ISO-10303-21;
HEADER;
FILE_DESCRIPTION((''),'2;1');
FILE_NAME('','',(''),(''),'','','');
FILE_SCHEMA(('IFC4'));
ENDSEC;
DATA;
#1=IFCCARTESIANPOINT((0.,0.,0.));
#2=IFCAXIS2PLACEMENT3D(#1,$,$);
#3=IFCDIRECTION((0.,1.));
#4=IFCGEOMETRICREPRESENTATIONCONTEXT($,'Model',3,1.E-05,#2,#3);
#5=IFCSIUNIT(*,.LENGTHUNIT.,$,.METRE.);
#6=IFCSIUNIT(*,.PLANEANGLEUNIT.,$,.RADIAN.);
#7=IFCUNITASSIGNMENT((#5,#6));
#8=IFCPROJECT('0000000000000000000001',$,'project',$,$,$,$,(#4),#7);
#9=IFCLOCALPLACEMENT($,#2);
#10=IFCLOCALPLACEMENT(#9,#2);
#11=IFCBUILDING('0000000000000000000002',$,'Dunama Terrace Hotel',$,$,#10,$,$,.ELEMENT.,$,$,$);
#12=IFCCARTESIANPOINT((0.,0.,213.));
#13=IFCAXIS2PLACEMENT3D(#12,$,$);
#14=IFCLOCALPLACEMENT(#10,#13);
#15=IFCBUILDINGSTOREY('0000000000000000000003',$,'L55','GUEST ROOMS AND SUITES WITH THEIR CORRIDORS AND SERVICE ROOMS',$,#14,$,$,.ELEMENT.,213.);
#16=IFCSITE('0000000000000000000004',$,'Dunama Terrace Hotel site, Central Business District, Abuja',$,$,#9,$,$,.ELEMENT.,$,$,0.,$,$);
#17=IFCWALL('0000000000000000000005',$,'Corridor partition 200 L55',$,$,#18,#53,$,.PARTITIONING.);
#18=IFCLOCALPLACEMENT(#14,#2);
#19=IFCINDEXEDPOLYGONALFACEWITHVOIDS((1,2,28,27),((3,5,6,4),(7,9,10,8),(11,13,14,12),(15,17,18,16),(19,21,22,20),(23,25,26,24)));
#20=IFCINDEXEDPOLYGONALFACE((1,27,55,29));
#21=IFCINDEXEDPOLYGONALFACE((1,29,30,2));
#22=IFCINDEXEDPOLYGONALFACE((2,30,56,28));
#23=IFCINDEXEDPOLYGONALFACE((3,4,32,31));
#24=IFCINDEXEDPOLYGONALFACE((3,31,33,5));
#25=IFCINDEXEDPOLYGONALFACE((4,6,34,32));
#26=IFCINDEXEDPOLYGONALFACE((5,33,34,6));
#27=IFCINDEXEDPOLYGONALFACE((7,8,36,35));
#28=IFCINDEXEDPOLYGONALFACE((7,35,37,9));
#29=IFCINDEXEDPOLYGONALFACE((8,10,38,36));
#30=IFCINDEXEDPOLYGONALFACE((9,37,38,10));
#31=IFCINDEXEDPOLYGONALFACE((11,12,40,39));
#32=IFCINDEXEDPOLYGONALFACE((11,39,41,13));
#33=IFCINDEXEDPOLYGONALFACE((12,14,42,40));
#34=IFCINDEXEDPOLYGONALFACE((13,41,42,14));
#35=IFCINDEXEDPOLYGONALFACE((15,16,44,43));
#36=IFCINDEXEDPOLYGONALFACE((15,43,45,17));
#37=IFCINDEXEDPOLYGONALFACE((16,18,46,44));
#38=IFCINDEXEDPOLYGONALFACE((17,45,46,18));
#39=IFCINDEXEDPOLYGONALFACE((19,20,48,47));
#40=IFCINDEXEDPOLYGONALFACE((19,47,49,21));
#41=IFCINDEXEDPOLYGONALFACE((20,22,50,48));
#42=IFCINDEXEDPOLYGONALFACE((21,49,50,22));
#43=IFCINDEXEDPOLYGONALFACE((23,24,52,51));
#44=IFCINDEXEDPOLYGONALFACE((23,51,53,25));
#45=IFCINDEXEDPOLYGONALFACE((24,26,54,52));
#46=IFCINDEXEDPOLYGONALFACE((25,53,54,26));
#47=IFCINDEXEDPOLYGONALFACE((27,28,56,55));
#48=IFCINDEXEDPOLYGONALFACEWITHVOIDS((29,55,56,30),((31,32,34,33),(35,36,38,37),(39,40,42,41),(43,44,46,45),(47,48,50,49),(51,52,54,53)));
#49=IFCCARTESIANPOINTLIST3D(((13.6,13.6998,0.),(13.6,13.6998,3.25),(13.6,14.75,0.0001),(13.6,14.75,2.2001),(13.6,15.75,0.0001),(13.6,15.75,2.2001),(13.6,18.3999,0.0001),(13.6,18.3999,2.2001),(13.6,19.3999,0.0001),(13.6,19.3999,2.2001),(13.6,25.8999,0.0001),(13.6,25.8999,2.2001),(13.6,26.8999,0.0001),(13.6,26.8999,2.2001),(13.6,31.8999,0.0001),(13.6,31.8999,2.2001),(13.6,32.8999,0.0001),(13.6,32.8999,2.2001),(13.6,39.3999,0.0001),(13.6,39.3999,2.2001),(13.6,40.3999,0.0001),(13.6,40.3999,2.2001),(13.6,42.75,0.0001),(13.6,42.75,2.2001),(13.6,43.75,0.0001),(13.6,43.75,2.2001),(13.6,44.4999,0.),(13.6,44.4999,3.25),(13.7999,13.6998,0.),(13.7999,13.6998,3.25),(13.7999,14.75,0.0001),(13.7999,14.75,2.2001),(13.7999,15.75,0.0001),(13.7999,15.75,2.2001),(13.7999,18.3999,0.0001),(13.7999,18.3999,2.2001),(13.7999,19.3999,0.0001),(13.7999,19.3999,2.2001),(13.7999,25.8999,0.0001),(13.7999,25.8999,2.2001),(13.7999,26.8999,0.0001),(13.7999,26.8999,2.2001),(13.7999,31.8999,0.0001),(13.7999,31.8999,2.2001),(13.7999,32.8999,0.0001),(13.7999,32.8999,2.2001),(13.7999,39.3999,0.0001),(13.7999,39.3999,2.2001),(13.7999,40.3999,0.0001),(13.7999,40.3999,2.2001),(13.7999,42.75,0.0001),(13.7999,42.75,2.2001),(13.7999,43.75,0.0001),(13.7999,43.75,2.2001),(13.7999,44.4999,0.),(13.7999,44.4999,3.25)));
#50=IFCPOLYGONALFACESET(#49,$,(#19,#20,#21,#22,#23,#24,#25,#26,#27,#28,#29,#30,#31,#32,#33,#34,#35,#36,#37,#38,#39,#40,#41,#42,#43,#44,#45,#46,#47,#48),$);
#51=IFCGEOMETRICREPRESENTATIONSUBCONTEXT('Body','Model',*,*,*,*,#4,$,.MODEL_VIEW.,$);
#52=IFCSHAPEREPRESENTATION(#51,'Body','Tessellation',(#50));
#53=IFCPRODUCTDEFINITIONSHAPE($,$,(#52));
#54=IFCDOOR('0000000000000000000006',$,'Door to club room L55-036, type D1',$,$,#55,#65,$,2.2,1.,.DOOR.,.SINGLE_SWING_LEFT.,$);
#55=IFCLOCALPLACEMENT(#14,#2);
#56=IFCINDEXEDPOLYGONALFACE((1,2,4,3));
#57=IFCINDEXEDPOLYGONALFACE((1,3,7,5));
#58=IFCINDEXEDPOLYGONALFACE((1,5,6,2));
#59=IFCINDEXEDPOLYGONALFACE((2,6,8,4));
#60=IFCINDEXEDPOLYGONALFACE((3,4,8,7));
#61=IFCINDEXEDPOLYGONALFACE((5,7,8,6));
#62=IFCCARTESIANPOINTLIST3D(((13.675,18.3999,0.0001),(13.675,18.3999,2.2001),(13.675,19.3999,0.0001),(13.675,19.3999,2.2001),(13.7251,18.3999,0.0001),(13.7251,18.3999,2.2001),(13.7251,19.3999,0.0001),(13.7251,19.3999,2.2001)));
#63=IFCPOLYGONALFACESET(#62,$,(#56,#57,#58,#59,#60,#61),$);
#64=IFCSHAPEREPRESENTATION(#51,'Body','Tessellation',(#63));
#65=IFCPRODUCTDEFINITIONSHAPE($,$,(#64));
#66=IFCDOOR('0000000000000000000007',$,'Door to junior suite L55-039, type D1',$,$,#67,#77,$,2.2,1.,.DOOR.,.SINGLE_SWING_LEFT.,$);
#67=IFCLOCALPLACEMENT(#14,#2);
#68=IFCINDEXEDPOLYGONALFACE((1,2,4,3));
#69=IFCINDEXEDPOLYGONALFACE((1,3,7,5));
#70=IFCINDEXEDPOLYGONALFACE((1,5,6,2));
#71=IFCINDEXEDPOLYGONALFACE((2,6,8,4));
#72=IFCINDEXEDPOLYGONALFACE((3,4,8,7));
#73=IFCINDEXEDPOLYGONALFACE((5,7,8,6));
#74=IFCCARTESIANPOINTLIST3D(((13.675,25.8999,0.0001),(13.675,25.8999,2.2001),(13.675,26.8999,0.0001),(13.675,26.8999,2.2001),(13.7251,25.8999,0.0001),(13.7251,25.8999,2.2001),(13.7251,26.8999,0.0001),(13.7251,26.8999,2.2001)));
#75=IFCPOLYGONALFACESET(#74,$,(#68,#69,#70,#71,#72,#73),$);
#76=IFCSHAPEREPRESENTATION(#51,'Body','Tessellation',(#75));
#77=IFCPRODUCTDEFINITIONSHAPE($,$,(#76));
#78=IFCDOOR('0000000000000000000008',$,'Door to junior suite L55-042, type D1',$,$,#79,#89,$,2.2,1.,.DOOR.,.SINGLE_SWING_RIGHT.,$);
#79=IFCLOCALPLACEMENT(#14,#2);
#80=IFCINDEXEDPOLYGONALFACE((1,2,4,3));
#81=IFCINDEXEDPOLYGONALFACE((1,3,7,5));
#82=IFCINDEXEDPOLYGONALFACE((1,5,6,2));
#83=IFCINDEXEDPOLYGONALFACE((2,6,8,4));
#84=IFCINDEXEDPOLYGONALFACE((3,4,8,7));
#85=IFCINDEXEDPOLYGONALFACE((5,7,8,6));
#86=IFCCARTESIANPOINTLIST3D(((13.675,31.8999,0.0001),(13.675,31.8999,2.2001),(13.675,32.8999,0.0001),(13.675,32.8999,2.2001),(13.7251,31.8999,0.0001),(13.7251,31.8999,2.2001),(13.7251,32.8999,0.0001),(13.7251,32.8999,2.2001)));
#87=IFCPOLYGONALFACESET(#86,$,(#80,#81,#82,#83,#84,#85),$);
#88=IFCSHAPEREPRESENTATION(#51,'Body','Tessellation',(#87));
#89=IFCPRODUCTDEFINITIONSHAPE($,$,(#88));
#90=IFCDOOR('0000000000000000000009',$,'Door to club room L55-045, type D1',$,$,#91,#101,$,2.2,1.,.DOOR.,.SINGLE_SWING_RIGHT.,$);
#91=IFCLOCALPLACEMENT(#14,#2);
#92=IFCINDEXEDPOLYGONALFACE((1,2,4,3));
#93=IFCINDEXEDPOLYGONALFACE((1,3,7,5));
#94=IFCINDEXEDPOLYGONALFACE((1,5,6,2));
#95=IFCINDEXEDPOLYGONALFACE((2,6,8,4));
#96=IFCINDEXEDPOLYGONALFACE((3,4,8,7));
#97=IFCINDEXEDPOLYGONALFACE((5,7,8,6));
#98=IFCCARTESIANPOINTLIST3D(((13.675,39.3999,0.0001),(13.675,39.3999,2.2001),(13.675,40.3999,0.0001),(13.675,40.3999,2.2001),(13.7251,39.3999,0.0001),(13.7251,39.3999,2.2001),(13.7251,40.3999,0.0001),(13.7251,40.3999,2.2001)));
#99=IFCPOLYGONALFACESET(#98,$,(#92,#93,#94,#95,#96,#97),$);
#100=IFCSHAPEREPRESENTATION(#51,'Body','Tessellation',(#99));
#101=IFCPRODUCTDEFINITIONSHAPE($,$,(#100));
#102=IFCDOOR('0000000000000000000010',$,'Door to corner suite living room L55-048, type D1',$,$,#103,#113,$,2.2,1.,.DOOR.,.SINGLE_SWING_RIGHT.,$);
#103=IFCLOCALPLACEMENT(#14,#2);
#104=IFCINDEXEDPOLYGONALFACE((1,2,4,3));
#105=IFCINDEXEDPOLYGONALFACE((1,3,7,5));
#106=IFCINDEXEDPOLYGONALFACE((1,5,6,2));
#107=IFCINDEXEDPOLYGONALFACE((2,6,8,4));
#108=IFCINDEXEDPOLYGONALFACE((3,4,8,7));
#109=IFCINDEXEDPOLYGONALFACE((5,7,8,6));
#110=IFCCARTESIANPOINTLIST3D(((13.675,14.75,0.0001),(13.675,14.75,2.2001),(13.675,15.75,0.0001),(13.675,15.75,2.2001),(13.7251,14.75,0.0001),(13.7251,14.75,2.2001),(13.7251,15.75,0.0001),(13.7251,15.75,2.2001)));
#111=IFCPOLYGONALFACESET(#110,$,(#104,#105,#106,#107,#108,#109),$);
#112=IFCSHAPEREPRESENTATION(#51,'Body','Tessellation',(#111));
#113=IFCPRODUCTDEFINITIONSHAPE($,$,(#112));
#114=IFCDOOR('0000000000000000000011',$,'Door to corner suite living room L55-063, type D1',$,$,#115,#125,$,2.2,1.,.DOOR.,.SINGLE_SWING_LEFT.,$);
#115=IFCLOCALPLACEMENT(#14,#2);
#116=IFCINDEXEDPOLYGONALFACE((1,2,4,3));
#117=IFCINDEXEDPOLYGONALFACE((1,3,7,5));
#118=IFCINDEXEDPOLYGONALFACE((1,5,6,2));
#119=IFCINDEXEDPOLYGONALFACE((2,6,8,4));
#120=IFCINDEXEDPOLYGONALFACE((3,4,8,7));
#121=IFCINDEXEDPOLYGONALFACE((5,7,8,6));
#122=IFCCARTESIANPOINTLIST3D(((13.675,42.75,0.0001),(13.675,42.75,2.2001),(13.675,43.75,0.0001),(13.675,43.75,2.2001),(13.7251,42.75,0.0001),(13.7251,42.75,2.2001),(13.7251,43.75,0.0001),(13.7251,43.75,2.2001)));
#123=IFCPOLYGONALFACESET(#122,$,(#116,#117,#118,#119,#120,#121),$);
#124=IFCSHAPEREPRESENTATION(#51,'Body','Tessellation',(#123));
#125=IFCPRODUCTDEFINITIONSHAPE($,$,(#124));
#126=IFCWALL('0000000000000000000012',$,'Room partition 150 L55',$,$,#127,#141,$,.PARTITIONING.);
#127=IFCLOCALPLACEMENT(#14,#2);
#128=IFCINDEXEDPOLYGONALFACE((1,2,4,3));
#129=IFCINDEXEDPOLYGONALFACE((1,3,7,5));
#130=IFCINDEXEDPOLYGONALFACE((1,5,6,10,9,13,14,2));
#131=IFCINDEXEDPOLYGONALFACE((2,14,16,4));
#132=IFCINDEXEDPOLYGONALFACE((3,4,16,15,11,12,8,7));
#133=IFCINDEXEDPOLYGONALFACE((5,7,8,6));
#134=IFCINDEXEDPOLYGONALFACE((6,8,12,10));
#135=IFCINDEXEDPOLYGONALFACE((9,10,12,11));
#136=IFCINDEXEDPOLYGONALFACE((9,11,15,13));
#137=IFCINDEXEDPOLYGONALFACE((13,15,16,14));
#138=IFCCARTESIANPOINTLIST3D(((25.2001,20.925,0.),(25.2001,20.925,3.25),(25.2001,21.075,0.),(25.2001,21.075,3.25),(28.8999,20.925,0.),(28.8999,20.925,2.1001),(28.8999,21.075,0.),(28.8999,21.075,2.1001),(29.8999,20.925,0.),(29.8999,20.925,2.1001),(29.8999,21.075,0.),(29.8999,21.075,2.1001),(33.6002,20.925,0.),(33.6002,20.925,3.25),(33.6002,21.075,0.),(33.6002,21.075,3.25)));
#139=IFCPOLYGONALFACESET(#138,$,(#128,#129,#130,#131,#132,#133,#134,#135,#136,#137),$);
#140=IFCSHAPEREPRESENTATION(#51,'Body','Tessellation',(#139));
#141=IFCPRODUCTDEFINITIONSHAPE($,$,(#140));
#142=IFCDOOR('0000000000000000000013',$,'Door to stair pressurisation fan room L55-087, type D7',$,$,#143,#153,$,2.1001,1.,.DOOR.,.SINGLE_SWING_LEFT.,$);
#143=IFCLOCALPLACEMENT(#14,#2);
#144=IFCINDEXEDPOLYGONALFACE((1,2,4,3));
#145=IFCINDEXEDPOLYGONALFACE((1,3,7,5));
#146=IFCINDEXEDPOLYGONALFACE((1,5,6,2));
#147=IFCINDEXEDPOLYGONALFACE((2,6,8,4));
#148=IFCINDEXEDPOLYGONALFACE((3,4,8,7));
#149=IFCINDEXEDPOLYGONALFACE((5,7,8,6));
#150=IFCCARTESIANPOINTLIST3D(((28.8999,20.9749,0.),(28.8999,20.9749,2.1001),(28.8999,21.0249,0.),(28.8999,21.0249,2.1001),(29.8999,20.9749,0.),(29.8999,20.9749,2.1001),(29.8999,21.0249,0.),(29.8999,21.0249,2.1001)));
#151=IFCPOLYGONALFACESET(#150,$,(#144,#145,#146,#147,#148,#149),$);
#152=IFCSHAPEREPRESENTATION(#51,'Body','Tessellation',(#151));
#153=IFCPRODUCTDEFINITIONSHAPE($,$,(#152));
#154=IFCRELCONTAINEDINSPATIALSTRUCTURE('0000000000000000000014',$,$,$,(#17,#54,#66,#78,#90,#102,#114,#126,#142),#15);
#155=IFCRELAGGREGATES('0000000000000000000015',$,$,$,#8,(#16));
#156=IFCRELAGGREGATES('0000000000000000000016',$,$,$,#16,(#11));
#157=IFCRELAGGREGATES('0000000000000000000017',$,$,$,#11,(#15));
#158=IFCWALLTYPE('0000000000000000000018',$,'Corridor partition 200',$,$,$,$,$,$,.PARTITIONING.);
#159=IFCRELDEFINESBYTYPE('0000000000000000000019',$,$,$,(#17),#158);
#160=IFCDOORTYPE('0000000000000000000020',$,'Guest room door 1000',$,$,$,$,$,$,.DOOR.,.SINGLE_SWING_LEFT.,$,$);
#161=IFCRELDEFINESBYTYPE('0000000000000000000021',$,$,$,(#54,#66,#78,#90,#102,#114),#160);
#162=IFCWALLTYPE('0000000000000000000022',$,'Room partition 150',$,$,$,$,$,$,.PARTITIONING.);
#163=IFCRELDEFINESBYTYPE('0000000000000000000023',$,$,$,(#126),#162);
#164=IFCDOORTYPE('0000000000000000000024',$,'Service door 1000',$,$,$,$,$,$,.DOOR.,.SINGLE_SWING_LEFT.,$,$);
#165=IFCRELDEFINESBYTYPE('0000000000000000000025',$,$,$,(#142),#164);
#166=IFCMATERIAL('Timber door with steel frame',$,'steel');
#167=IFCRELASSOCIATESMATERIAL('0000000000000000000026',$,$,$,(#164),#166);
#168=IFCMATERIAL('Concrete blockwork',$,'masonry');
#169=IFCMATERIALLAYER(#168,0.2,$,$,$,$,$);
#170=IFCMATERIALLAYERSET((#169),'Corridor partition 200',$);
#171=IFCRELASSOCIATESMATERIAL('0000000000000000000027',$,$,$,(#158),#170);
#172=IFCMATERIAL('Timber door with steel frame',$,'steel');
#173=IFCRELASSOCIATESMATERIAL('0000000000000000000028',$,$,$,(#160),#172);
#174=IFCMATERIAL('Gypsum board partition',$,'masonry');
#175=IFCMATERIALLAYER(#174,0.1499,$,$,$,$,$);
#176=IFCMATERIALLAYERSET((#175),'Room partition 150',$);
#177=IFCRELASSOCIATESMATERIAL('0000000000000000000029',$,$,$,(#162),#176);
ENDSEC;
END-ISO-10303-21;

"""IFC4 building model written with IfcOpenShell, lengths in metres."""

from ifc_helpers import new_model, si_unit, direction, frame, frame_2d, origin, place, context, subcontext, project, spatial, rectangle, extrude, material, layer, layer_set, type_object, element, fill, save


model = new_model("IFC4")

# Units and contexts
model_context = context("Model", 3, precision=1e-05, world=origin(), true_north=direction((0.0, 1.0)))
body_context = subcontext(model_context, "Body", "Model", "MODEL_VIEW")
ifc_project = project(units=[si_unit("LENGTHUNIT", "METRE"), si_unit("PLANEANGLEUNIT", "RADIAN")], contexts=[model_context])

# Site, building, storey
site_placement = place(None, origin())
site = spatial("IfcSite", under=ifc_project, at=site_placement, Name="Dunama Terrace Hotel site, Central Business District, Abuja", CompositionType="ELEMENT", RefElevation=0.0)
building_placement = place(site_placement, origin())
building = spatial("IfcBuilding", under=site, at=building_placement, Name="Dunama Terrace Hotel", CompositionType="ELEMENT")
storey_placement = place(building_placement, frame((0.0, 0.0, 213.0)))
storey = spatial("IfcBuildingStorey", under=building, at=storey_placement, Name="L55", Description="GUEST ROOMS AND SUITES WITH THEIR CORRIDORS AND SERVICE ROOMS", CompositionType="ELEMENT", Elevation=213.0)

# Shared definitions
ifc_material_1 = material(Name="Timber door with steel frame", Category="steel")
door_type_1 = type_object("IfcDoorType", Name="Service door 1000", OperationType="SINGLE_SWING_LEFT", PredefinedType="DOOR", material=ifc_material_1)

# Wall, openings, doors
ifc_material_2 = material(Name="Concrete blockwork", Category="masonry")
ifc_layer_1 = layer(ifc_material_2, 0.2)
ifc_layer_set_1 = layer_set([ifc_layer_1], Name="Corridor partition 200")
wall_type_1 = type_object("IfcWallType", Name="Corridor partition 200", PredefinedType="PARTITIONING", material=ifc_layer_set_1)
wall_1_placement = place(storey_placement, frame((13.7, 13.7, 0.0), z_axis=(0.0, 0.0, 1.0), x_axis=(0.0, 1.0, 0.0)))
wall_1 = element("IfcWall", 1, at=wall_1_placement, inside=storey, type_object=wall_type_1, Name="Corridor partition 200 L55", PredefinedType="PARTITIONING", context=body_context, shape_type="SweptSolid", body=[
    extrude(rectangle(XDim=30.8, YDim=0.2, at=frame_2d((15.3999, 0.0))), origin(), (0.0, 0.0, 1.0), 3.25),
])
opening_1_placement = place(wall_1_placement, frame((4.7, 0.0, 0.0)))
opening_1 = element("IfcOpeningElement", 2, at=opening_1_placement, cuts=wall_1, PredefinedType="OPENING", context=body_context, shape_type="SweptSolid", body=[
    extrude(rectangle(XDim=1.0, YDim=2.2, at=frame_2d((0.5, 1.1001))), frame((0.0, 0.1099, 0.0), z_axis=(0.0, -1.0, 0.0), x_axis=(1.0, 0.0, 0.0)), (0.0, 0.0, 1.0), 0.22),
])
opening_2_placement = place(wall_1_placement, frame((12.2, 0.0, 0.0)))
opening_2 = element("IfcOpeningElement", 3, at=opening_2_placement, cuts=wall_1, PredefinedType="OPENING", context=body_context, shape_type="SweptSolid", body=[
    extrude(rectangle(XDim=1.0, YDim=2.2, at=frame_2d((0.5, 1.1001))), frame((0.0, 0.1099, 0.0), z_axis=(0.0, -1.0, 0.0), x_axis=(1.0, 0.0, 0.0)), (0.0, 0.0, 1.0), 0.22),
])
opening_3_placement = place(wall_1_placement, frame((18.2, 0.0, 0.0)))
opening_3 = element("IfcOpeningElement", 4, at=opening_3_placement, cuts=wall_1, PredefinedType="OPENING", context=body_context, shape_type="SweptSolid", body=[
    extrude(rectangle(XDim=1.0, YDim=2.2, at=frame_2d((0.5, 1.1001))), frame((0.0, 0.1099, 0.0), z_axis=(0.0, -1.0, 0.0), x_axis=(1.0, 0.0, 0.0)), (0.0, 0.0, 1.0), 0.22),
])
opening_4_placement = place(wall_1_placement, frame((25.7, 0.0, 0.0)))
opening_4 = element("IfcOpeningElement", 5, at=opening_4_placement, cuts=wall_1, PredefinedType="OPENING", context=body_context, shape_type="SweptSolid", body=[
    extrude(rectangle(XDim=1.0, YDim=2.2, at=frame_2d((0.5, 1.1001))), frame((0.0, 0.1099, 0.0), z_axis=(0.0, -1.0, 0.0), x_axis=(1.0, 0.0, 0.0)), (0.0, 0.0, 1.0), 0.22),
])
opening_5_placement = place(wall_1_placement, frame((1.05, 0.0, 0.0)))
opening_5 = element("IfcOpeningElement", 6, at=opening_5_placement, cuts=wall_1, PredefinedType="OPENING", context=body_context, shape_type="SweptSolid", body=[
    extrude(rectangle(XDim=1.0, YDim=2.2, at=frame_2d((0.5, 1.1001))), frame((0.0, 0.1099, 0.0), z_axis=(0.0, -1.0, 0.0), x_axis=(1.0, 0.0, 0.0)), (0.0, 0.0, 1.0), 0.22),
])
opening_6_placement = place(wall_1_placement, frame((29.05, 0.0, 0.0)))
opening_6 = element("IfcOpeningElement", 7, at=opening_6_placement, cuts=wall_1, PredefinedType="OPENING", context=body_context, shape_type="SweptSolid", body=[
    extrude(rectangle(XDim=1.0, YDim=2.2, at=frame_2d((0.5, 1.1001))), frame((0.0, 0.1099, 0.0), z_axis=(0.0, -1.0, 0.0), x_axis=(1.0, 0.0, 0.0)), (0.0, 0.0, 1.0), 0.22),
])
ifc_material_3 = material(Name="Timber door with steel frame", Category="steel")
door_type_2 = type_object("IfcDoorType", Name="Guest room door 1000", OperationType="SINGLE_SWING_LEFT", PredefinedType="DOOR", material=ifc_material_3)
door_1_placement = place(opening_1_placement, origin())
door_1 = element("IfcDoor", 8, at=door_1_placement, inside=storey, type_object=door_type_2, Name="Door to club room L55-036, type D1", OperationType="SINGLE_SWING_LEFT", OverallHeight=2.2, OverallWidth=1.0, PredefinedType="DOOR", context=body_context, shape_type="SweptSolid", body=[
    extrude(rectangle(XDim=1.0, YDim=2.2, at=frame_2d((0.5, 1.1001))), frame((0.0, 0.0249, 0.0), z_axis=(0.0, -1.0, 0.0), x_axis=(1.0, 0.0, 0.0)), (0.0, 0.0, 1.0), 0.05),
])
fill(opening_1, door_1)
door_2_placement = place(opening_2_placement, origin())
door_2 = element("IfcDoor", 9, at=door_2_placement, inside=storey, type_object=door_type_2, Name="Door to junior suite L55-039, type D1", OperationType="SINGLE_SWING_LEFT", OverallHeight=2.2, OverallWidth=1.0, PredefinedType="DOOR", context=body_context, shape_type="SweptSolid", body=[
    extrude(rectangle(XDim=1.0, YDim=2.2, at=frame_2d((0.5, 1.1001))), frame((0.0, 0.0249, 0.0), z_axis=(0.0, -1.0, 0.0), x_axis=(1.0, 0.0, 0.0)), (0.0, 0.0, 1.0), 0.05),
])
fill(opening_2, door_2)
door_3_placement = place(opening_3_placement, origin())
door_3 = element("IfcDoor", 10, at=door_3_placement, inside=storey, type_object=door_type_2, Name="Door to junior suite L55-042, type D1", OperationType="SINGLE_SWING_RIGHT", OverallHeight=2.2, OverallWidth=1.0, PredefinedType="DOOR", context=body_context, shape_type="SweptSolid", body=[
    extrude(rectangle(XDim=1.0, YDim=2.2, at=frame_2d((0.5, 1.1001))), frame((0.0, 0.0249, 0.0), z_axis=(0.0, -1.0, 0.0), x_axis=(1.0, 0.0, 0.0)), (0.0, 0.0, 1.0), 0.05),
])
fill(opening_3, door_3)
door_4_placement = place(opening_4_placement, origin())
door_4 = element("IfcDoor", 11, at=door_4_placement, inside=storey, type_object=door_type_2, Name="Door to club room L55-045, type D1", OperationType="SINGLE_SWING_RIGHT", OverallHeight=2.2, OverallWidth=1.0, PredefinedType="DOOR", context=body_context, shape_type="SweptSolid", body=[
    extrude(rectangle(XDim=1.0, YDim=2.2, at=frame_2d((0.5, 1.1001))), frame((0.0, 0.0249, 0.0), z_axis=(0.0, -1.0, 0.0), x_axis=(1.0, 0.0, 0.0)), (0.0, 0.0, 1.0), 0.05),
])
fill(opening_4, door_4)
door_5_placement = place(opening_5_placement, origin())
door_5 = element("IfcDoor", 12, at=door_5_placement, inside=storey, type_object=door_type_2, Name="Door to corner suite living room L55-048, type D1", OperationType="SINGLE_SWING_RIGHT", OverallHeight=2.2, OverallWidth=1.0, PredefinedType="DOOR", context=body_context, shape_type="SweptSolid", body=[
    extrude(rectangle(XDim=1.0, YDim=2.2, at=frame_2d((0.5, 1.1001))), frame((0.0, 0.0249, 0.0), z_axis=(0.0, -1.0, 0.0), x_axis=(1.0, 0.0, 0.0)), (0.0, 0.0, 1.0), 0.05),
])
fill(opening_5, door_5)
door_6_placement = place(opening_6_placement, origin())
door_6 = element("IfcDoor", 13, at=door_6_placement, inside=storey, type_object=door_type_2, Name="Door to corner suite living room L55-063, type D1", OperationType="SINGLE_SWING_LEFT", OverallHeight=2.2, OverallWidth=1.0, PredefinedType="DOOR", context=body_context, shape_type="SweptSolid", body=[
    extrude(rectangle(XDim=1.0, YDim=2.2, at=frame_2d((0.5, 1.1001))), frame((0.0, 0.0249, 0.0), z_axis=(0.0, -1.0, 0.0), x_axis=(1.0, 0.0, 0.0)), (0.0, 0.0, 1.0), 0.05),
])
fill(opening_6, door_6)

# Wall, opening, door
ifc_material_4 = material(Name="Gypsum board partition", Category="masonry")
ifc_layer_2 = layer(ifc_material_4, 0.1499)
ifc_layer_set_2 = layer_set([ifc_layer_2], Name="Room partition 150")
wall_type_2 = type_object("IfcWallType", Name="Room partition 150", PredefinedType="PARTITIONING", material=ifc_layer_set_2)
wall_2_placement = place(storey_placement, frame((25.2, 21.0, 0.0), z_axis=(0.0, 0.0, 1.0), x_axis=(1.0, 0.0, 0.0)))
wall_2 = element("IfcWall", 14, at=wall_2_placement, inside=storey, type_object=wall_type_2, Name="Room partition 150 L55", PredefinedType="PARTITIONING", context=body_context, shape_type="SweptSolid", body=[
    extrude(rectangle(XDim=8.4001, YDim=0.1499, at=frame_2d((4.2002, 0.0))), origin(), (0.0, 0.0, 1.0), 3.25),
])
opening_7_placement = place(wall_2_placement, frame((3.7, 0.0, 0.0)))
opening_7 = element("IfcOpeningElement", 15, at=opening_7_placement, cuts=wall_2, PredefinedType="OPENING", context=body_context, shape_type="SweptSolid", body=[
    extrude(rectangle(XDim=1.0, YDim=2.1001, at=frame_2d((0.5, 1.05))), frame((0.0, 0.085, 0.0), z_axis=(0.0, -1.0, 0.0), x_axis=(1.0, 0.0, 0.0)), (0.0, 0.0, 1.0), 0.1699),
])
door_7_placement = place(opening_7_placement, origin())
door_7 = element("IfcDoor", 16, at=door_7_placement, inside=storey, type_object=door_type_1, Name="Door to stair pressurisation fan room L55-087, type D7", OperationType="SINGLE_SWING_LEFT", OverallHeight=2.1001, OverallWidth=1.0, PredefinedType="DOOR", context=body_context, shape_type="SweptSolid", body=[
    extrude(rectangle(XDim=1.0, YDim=2.1001, at=frame_2d((0.5, 1.05))), frame((0.0, 0.0249, 0.0), z_axis=(0.0, -1.0, 0.0), x_axis=(1.0, 0.0, 0.0)), (0.0, 0.0, 1.0), 0.05),
])
fill(opening_7, door_7)

save(model, "model.ifc")
